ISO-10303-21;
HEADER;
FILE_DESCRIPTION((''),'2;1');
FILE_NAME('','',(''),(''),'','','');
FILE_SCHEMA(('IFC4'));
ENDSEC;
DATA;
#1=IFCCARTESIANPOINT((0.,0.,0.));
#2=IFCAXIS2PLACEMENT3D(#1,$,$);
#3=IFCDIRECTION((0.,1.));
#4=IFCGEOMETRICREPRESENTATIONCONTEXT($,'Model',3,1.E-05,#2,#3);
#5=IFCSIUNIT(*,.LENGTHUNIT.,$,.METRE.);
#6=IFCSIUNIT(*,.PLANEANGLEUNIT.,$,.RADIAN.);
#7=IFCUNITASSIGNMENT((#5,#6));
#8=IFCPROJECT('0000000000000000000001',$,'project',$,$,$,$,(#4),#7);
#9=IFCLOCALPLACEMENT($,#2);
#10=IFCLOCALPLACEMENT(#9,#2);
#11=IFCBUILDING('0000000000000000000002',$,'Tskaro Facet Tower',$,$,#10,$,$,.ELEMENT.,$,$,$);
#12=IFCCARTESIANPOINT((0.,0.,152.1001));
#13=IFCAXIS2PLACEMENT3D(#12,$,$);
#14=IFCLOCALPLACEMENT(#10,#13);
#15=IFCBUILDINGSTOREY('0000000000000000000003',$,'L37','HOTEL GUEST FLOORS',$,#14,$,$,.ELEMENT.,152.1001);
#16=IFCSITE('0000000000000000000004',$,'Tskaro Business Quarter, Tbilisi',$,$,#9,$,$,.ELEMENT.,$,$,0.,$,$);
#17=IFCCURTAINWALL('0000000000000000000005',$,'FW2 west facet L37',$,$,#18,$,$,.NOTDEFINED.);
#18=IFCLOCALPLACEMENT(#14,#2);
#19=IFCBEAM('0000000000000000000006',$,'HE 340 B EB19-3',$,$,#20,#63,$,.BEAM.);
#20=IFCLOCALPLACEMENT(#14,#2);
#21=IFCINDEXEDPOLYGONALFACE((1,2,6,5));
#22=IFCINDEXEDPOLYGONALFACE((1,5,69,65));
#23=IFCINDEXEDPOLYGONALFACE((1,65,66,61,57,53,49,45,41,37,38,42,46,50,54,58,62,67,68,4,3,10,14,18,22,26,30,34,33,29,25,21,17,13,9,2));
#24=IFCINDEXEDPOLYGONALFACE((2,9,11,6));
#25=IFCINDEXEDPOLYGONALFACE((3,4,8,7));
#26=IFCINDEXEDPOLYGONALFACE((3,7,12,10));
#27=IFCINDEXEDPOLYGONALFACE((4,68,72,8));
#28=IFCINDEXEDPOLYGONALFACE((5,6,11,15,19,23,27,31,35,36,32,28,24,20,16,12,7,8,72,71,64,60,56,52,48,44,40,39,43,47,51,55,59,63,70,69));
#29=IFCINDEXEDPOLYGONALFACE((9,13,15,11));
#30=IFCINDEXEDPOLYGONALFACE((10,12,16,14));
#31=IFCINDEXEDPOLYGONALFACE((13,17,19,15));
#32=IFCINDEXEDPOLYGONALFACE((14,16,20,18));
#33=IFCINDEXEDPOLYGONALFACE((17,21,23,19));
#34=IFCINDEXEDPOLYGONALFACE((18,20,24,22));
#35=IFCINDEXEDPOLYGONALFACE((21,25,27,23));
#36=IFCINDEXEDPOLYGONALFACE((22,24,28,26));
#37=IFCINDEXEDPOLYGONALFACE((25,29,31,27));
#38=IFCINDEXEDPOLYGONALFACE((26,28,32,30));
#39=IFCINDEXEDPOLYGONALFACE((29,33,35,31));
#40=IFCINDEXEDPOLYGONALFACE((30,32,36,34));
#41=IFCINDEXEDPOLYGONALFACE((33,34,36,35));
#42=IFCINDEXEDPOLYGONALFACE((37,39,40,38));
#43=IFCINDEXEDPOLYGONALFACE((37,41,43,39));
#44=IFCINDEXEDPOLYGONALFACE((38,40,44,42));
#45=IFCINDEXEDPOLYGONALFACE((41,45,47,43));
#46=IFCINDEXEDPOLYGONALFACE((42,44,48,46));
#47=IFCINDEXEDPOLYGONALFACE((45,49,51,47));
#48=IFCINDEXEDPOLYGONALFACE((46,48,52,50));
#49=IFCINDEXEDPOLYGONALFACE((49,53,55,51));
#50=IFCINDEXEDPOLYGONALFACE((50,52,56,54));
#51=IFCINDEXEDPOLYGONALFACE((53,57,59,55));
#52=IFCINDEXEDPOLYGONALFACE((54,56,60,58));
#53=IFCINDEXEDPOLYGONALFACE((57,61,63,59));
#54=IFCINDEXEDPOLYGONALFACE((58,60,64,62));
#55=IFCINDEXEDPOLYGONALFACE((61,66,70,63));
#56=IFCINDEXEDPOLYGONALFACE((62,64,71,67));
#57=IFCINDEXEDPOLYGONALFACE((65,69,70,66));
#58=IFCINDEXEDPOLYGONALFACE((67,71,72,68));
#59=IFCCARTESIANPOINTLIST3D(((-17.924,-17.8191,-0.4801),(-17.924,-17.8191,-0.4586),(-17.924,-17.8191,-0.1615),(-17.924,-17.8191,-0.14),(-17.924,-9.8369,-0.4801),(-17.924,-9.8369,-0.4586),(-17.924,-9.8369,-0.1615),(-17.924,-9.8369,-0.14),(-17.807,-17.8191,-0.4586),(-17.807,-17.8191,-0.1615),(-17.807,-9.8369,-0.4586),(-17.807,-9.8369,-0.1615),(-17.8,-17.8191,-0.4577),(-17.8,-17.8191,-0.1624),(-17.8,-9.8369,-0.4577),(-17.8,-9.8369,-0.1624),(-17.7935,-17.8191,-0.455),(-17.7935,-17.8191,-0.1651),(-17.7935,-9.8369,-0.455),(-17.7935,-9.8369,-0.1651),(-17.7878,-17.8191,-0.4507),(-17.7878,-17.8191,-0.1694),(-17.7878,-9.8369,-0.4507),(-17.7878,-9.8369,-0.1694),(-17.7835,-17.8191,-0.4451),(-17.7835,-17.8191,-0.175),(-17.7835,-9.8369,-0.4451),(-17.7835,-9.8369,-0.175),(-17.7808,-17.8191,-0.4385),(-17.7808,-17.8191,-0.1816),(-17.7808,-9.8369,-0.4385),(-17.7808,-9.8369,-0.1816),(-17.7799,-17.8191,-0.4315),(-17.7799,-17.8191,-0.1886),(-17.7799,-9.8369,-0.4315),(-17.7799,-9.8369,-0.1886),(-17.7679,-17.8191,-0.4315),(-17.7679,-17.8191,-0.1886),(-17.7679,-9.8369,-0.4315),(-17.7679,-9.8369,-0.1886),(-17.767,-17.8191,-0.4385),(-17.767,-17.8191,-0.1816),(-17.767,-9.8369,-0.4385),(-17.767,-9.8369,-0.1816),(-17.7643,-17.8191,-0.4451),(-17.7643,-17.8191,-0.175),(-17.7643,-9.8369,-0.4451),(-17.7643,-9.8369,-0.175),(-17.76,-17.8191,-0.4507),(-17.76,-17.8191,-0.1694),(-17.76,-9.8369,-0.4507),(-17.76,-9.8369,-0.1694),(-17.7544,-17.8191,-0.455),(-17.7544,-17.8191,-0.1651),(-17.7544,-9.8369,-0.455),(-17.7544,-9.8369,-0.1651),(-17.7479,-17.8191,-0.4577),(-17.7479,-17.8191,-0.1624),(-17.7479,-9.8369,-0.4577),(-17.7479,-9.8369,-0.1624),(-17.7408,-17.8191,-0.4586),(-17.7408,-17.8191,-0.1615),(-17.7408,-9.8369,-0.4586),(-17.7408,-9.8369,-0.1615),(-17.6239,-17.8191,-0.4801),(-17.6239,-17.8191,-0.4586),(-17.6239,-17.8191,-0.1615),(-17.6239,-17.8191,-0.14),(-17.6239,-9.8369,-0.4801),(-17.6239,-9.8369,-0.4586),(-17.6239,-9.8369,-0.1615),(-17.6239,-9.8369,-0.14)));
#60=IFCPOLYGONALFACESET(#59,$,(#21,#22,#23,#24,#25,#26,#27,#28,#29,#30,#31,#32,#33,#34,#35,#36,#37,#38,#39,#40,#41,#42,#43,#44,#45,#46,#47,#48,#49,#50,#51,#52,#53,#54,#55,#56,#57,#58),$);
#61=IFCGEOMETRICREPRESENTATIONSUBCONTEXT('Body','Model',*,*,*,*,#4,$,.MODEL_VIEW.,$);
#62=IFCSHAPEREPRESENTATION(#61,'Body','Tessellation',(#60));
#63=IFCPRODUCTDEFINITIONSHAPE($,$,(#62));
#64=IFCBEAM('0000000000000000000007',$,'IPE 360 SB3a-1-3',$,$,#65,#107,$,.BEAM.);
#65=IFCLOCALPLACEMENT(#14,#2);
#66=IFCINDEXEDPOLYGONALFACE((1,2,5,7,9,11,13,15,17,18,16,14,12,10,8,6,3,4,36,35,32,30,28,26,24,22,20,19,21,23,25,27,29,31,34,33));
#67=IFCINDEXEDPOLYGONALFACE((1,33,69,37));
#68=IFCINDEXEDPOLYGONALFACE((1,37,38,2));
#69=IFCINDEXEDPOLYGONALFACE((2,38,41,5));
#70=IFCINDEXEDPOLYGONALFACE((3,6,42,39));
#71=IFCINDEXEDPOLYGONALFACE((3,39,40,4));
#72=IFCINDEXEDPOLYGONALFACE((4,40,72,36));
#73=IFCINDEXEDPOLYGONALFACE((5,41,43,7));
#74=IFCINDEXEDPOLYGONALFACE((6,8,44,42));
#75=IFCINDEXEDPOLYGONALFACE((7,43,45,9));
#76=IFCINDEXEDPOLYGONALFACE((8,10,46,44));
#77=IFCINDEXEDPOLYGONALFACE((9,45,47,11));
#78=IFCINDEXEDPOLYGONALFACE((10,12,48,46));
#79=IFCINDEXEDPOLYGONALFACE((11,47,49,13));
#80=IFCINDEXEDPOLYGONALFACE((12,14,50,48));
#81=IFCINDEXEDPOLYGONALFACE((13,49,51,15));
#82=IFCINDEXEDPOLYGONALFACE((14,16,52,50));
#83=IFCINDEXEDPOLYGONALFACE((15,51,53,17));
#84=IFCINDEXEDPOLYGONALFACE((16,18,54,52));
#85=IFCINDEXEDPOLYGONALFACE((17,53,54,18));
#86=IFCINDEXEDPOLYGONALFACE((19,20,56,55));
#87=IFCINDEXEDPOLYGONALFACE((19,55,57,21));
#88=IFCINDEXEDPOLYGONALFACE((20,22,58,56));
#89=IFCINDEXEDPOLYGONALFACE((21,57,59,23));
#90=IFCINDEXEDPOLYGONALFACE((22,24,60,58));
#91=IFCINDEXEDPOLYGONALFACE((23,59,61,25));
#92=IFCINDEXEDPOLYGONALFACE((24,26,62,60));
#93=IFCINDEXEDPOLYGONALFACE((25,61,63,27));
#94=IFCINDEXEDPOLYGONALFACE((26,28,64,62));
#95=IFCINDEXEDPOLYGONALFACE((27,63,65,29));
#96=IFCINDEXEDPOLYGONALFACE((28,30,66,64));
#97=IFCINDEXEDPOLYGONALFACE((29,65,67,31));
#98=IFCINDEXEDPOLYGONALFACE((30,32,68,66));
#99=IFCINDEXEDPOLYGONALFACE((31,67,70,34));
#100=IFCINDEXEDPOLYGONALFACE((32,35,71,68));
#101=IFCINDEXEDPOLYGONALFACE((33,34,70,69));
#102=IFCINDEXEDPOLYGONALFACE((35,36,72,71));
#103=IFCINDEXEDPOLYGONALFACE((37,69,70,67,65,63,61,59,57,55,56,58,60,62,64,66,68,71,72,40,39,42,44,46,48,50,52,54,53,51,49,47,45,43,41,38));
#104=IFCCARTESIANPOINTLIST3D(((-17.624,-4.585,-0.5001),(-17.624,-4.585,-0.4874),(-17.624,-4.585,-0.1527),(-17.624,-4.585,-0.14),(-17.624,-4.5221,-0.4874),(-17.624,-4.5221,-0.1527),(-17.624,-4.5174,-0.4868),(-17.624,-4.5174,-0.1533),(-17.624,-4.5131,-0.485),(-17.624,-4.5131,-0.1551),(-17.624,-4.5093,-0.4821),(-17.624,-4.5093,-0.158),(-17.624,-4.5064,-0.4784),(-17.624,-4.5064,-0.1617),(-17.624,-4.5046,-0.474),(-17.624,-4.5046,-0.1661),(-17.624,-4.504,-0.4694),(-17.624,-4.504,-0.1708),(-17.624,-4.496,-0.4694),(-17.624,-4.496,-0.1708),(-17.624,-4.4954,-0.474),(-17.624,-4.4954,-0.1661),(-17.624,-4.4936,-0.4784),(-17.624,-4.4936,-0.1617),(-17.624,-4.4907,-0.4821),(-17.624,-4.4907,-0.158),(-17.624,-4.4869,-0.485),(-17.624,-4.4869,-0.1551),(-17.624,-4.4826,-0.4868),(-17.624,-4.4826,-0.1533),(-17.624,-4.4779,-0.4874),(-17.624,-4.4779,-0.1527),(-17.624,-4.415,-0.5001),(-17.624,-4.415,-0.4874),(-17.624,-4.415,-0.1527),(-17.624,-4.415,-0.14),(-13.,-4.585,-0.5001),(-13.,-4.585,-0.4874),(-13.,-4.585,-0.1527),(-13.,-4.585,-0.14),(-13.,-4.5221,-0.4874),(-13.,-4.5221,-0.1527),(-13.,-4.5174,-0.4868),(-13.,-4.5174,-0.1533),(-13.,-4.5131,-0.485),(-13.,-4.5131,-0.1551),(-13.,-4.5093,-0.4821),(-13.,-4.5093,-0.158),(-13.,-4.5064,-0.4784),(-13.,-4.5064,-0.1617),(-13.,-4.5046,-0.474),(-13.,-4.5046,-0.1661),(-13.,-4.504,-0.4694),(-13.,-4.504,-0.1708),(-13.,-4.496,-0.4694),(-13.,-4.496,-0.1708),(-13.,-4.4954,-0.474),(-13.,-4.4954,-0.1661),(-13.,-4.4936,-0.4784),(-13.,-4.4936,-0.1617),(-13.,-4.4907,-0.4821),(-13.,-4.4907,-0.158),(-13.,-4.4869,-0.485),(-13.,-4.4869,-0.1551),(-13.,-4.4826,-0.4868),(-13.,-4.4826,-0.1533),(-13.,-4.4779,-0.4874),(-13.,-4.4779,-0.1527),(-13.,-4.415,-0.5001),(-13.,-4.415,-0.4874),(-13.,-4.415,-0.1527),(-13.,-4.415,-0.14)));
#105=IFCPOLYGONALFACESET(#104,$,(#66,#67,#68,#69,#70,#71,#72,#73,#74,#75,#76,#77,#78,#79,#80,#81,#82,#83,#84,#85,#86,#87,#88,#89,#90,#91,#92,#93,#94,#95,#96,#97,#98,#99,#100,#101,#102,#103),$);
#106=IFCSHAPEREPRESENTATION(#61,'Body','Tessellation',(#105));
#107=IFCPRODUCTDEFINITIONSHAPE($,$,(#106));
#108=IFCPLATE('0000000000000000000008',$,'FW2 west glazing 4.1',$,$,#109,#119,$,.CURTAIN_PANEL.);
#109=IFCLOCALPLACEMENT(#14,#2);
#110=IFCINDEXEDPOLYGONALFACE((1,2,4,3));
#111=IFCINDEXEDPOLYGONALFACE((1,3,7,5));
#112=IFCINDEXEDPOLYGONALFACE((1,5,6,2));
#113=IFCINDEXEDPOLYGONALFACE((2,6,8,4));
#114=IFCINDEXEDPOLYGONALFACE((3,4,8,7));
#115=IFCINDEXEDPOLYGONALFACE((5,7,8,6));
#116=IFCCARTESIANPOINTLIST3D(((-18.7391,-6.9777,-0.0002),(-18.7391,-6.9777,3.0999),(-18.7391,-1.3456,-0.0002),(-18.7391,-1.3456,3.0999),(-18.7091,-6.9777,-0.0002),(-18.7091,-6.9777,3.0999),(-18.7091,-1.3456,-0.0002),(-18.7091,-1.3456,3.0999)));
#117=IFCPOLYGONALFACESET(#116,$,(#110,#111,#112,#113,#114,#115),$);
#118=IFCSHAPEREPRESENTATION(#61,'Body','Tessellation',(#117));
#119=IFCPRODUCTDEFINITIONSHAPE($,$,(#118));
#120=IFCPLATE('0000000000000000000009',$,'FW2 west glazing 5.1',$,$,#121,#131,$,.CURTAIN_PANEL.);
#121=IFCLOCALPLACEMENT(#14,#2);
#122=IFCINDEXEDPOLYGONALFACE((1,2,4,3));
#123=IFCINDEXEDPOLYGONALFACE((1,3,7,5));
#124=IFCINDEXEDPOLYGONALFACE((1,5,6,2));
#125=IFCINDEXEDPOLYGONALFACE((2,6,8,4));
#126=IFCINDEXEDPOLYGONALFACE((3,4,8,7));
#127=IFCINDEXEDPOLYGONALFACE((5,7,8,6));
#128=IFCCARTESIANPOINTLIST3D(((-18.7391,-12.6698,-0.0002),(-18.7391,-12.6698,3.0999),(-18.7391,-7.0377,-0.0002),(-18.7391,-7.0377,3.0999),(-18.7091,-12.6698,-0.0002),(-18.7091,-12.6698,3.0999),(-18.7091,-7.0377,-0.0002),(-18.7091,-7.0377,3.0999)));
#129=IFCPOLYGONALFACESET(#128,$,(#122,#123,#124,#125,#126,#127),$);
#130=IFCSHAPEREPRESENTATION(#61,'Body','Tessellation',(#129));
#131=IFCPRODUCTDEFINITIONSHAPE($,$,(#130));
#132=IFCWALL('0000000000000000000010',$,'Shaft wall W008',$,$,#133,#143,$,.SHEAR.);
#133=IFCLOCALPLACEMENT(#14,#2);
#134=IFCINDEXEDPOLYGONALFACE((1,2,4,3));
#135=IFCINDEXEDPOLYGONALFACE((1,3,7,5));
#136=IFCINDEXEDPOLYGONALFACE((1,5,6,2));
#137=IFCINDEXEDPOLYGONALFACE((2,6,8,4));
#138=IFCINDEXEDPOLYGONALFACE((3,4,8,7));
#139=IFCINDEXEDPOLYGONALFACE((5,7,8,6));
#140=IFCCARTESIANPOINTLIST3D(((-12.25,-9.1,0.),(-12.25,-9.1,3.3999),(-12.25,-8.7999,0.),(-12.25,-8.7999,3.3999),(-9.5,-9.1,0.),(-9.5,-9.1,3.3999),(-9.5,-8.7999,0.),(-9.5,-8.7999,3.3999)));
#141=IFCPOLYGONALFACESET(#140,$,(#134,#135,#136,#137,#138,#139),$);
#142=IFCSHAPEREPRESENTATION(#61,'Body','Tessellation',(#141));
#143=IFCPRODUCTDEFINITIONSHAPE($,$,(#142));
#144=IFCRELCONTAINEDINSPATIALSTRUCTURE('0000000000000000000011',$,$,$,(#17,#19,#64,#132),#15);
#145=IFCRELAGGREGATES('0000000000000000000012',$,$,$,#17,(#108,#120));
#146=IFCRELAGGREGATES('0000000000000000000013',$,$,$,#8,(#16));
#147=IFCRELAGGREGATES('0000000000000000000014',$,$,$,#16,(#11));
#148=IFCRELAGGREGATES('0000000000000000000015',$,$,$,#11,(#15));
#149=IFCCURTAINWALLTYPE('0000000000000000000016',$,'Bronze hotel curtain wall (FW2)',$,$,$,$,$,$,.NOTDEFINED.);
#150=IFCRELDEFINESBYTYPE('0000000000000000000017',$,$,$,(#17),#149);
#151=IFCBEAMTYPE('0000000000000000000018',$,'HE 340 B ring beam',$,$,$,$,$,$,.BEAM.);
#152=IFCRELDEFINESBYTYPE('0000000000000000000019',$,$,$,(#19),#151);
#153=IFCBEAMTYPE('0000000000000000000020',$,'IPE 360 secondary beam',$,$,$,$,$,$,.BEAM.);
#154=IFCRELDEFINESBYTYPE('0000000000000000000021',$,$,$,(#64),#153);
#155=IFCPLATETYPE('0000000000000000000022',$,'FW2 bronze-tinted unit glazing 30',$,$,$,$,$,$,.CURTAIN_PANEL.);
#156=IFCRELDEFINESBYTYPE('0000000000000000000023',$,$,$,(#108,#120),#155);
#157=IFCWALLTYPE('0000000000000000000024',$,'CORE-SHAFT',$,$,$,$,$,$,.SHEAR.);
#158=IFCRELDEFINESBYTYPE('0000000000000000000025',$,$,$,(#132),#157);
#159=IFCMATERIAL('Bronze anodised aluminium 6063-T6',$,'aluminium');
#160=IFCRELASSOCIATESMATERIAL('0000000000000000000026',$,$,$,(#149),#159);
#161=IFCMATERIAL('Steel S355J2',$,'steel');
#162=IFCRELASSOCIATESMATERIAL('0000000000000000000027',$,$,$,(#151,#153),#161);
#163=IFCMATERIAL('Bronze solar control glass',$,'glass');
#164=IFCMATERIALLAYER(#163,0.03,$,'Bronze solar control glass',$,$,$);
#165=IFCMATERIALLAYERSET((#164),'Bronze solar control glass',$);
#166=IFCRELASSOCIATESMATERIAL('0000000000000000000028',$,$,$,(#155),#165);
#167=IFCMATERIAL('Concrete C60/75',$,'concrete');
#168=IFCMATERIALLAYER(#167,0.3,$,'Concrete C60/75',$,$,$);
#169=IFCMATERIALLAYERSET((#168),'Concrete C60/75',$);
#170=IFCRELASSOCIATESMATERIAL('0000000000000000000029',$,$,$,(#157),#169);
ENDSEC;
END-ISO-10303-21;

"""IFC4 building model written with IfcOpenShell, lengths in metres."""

from ifc_helpers import new_model, si_unit, direction, frame, frame_2d, origin, origin_2d, place, context, subcontext, project, spatial, rectangle, i_section, extrude, material, layer, layer_set, material_profile, profile_set, type_object, element, aggregate, save


model = new_model("IFC4")

# Units and contexts
model_context = context("Model", 3, precision=1e-05, world=origin(), true_north=direction((0.0, 1.0)))
body_context = subcontext(model_context, "Body", "Model", "MODEL_VIEW")
ifc_project = project(units=[si_unit("LENGTHUNIT", "METRE"), si_unit("PLANEANGLEUNIT", "RADIAN")], contexts=[model_context])

# Site, building, storey
site_placement = place(None, origin())
site = spatial("IfcSite", under=ifc_project, at=site_placement, Name="Tskaro Business Quarter, Tbilisi", CompositionType="ELEMENT", RefElevation=0.0)
building_placement = place(site_placement, origin())
building = spatial("IfcBuilding", under=site, at=building_placement, Name="Tskaro Facet Tower", CompositionType="ELEMENT")
storey_placement = place(building_placement, frame((0.0, 0.0, 152.1001)))
storey = spatial("IfcBuildingStorey", under=building, at=storey_placement, Name="L37", Description="HOTEL GUEST FLOORS", CompositionType="ELEMENT", Elevation=152.1001)

# Curtain wall
ifc_material_1 = material(Name="Bronze anodised aluminium 6063-T6", Category="aluminium")
curtain_wall_type = type_object("IfcCurtainWallType", Name="Bronze hotel curtain wall (FW2)", PredefinedType="NOTDEFINED", material=ifc_material_1)
curtain_wall_placement = place(storey_placement, origin())
curtain_wall = element("IfcCurtainWall", 1, at=curtain_wall_placement, inside=storey, type_object=curtain_wall_type, Name="FW2 west facet L37", PredefinedType="NOTDEFINED")

# Beams
ifc_material_2 = material(Name="Steel S355J2", Category="steel")
ifc_material_profile_1 = material_profile(ifc_material_2, i_section(OverallWidth=0.3, OverallDepth=0.3401, WebThickness=0.012, FlangeThickness=0.0215, FilletRadius=0.0271, at=origin_2d()), Name="HE 340 B")
ifc_profile_set_1 = profile_set([ifc_material_profile_1], Name="Steel S355J2")
beam_type_1 = type_object("IfcBeamType", Name="HE 340 B ring beam", PredefinedType="BEAM", material=ifc_profile_set_1)
beam_1_placement = place(storey_placement, frame((-17.7739, -9.8369, -0.3101), z_axis=(0.0, -1.0, 0.0), x_axis=(1.0, 0.0, 0.0)))
element("IfcBeam", 2, at=beam_1_placement, inside=storey, type_object=beam_type_1, Name="HE 340 B EB19-3", PredefinedType="BEAM", context=body_context, shape_type="SweptSolid", body=[
    extrude(i_section(OverallWidth=0.3, OverallDepth=0.3401, WebThickness=0.012, FlangeThickness=0.0215, FilletRadius=0.0271, at=origin_2d()), origin(), (0.0, 0.0, 1.0), 7.9822),
])
ifc_material_profile_2 = material_profile(ifc_material_2, i_section(OverallWidth=0.1699, OverallDepth=0.3601, WebThickness=0.0081, FlangeThickness=0.0127, FilletRadius=0.0181, at=origin_2d()), Name="IPE 360")
ifc_profile_set_2 = profile_set([ifc_material_profile_2], Name="Steel S355J2")
beam_type_2 = type_object("IfcBeamType", Name="IPE 360 secondary beam", PredefinedType="BEAM", material=ifc_profile_set_2)
beam_2_placement = place(storey_placement, frame((-17.624, -4.5, -0.3201), z_axis=(1.0, 0.0, 0.0), x_axis=(0.0, 1.0, 0.0)))
element("IfcBeam", 3, at=beam_2_placement, inside=storey, type_object=beam_type_2, Name="IPE 360 SB3a-1-3", PredefinedType="BEAM", context=body_context, shape_type="SweptSolid", body=[
    extrude(i_section(OverallWidth=0.1699, OverallDepth=0.3601, WebThickness=0.0081, FlangeThickness=0.0127, FilletRadius=0.0181, at=origin_2d()), origin(), (0.0, 0.0, 1.0), 4.624),
])

# Plates
ifc_material_3 = material(Name="Bronze solar control glass", Category="glass")
ifc_layer_1 = layer(ifc_material_3, 0.03, Name="Bronze solar control glass")
ifc_layer_set_1 = layer_set([ifc_layer_1], Name="Bronze solar control glass")
plate_type = type_object("IfcPlateType", Name="FW2 bronze-tinted unit glazing 30", PredefinedType="CURTAIN_PANEL", material=ifc_layer_set_1)
plate_1_placement = place(storey_placement, frame((-18.7241, -4.1616, -0.0002), z_axis=(0.0, 0.0, 1.0), x_axis=(0.0, -1.0, 0.0)))
plate_1 = element("IfcPlate", 4, at=plate_1_placement, type_object=plate_type, Name="FW2 west glazing 4.1", PredefinedType="CURTAIN_PANEL", context=body_context, shape_type="SweptSolid", body=[
    extrude(rectangle(XDim=5.6321, YDim=0.03, at=origin_2d()), origin(), (0.0, 0.0, 1.0), 3.1001),
])
plate_2_placement = place(storey_placement, frame((-18.7241, -9.8538, -0.0002), z_axis=(0.0, 0.0, 1.0), x_axis=(0.0, -1.0, 0.0)))
plate_2 = element("IfcPlate", 5, at=plate_2_placement, type_object=plate_type, Name="FW2 west glazing 5.1", PredefinedType="CURTAIN_PANEL", context=body_context, shape_type="SweptSolid", body=[
    extrude(rectangle(XDim=5.6321, YDim=0.03, at=origin_2d()), origin(), (0.0, 0.0, 1.0), 3.1001),
])
aggregate(curtain_wall, [plate_1, plate_2])

# Wall
ifc_material_4 = material(Name="Concrete C60/75", Category="concrete")
ifc_layer_2 = layer(ifc_material_4, 0.3, Name="Concrete C60/75")
ifc_layer_set_2 = layer_set([ifc_layer_2], Name="Concrete C60/75")
wall_type_1 = type_object("IfcWallType", Name="CORE-SHAFT", PredefinedType="SHEAR", material=ifc_layer_set_2)
wall_1_placement = place(storey_placement, frame((-12.25, -8.95, 0.0), z_axis=(0.0, 0.0, 1.0), x_axis=(1.0, 0.0, 0.0)))
element("IfcWall", 6, at=wall_1_placement, inside=storey, type_object=wall_type_1, Name="Shaft wall W008", PredefinedType="SHEAR", context=body_context, shape_type="SweptSolid", body=[
    extrude(rectangle(XDim=2.75, YDim=0.3, at=frame_2d((1.375, 0.0))), origin(), (0.0, 0.0, 1.0), 3.3999),
])

save(model, "model.ifc")
